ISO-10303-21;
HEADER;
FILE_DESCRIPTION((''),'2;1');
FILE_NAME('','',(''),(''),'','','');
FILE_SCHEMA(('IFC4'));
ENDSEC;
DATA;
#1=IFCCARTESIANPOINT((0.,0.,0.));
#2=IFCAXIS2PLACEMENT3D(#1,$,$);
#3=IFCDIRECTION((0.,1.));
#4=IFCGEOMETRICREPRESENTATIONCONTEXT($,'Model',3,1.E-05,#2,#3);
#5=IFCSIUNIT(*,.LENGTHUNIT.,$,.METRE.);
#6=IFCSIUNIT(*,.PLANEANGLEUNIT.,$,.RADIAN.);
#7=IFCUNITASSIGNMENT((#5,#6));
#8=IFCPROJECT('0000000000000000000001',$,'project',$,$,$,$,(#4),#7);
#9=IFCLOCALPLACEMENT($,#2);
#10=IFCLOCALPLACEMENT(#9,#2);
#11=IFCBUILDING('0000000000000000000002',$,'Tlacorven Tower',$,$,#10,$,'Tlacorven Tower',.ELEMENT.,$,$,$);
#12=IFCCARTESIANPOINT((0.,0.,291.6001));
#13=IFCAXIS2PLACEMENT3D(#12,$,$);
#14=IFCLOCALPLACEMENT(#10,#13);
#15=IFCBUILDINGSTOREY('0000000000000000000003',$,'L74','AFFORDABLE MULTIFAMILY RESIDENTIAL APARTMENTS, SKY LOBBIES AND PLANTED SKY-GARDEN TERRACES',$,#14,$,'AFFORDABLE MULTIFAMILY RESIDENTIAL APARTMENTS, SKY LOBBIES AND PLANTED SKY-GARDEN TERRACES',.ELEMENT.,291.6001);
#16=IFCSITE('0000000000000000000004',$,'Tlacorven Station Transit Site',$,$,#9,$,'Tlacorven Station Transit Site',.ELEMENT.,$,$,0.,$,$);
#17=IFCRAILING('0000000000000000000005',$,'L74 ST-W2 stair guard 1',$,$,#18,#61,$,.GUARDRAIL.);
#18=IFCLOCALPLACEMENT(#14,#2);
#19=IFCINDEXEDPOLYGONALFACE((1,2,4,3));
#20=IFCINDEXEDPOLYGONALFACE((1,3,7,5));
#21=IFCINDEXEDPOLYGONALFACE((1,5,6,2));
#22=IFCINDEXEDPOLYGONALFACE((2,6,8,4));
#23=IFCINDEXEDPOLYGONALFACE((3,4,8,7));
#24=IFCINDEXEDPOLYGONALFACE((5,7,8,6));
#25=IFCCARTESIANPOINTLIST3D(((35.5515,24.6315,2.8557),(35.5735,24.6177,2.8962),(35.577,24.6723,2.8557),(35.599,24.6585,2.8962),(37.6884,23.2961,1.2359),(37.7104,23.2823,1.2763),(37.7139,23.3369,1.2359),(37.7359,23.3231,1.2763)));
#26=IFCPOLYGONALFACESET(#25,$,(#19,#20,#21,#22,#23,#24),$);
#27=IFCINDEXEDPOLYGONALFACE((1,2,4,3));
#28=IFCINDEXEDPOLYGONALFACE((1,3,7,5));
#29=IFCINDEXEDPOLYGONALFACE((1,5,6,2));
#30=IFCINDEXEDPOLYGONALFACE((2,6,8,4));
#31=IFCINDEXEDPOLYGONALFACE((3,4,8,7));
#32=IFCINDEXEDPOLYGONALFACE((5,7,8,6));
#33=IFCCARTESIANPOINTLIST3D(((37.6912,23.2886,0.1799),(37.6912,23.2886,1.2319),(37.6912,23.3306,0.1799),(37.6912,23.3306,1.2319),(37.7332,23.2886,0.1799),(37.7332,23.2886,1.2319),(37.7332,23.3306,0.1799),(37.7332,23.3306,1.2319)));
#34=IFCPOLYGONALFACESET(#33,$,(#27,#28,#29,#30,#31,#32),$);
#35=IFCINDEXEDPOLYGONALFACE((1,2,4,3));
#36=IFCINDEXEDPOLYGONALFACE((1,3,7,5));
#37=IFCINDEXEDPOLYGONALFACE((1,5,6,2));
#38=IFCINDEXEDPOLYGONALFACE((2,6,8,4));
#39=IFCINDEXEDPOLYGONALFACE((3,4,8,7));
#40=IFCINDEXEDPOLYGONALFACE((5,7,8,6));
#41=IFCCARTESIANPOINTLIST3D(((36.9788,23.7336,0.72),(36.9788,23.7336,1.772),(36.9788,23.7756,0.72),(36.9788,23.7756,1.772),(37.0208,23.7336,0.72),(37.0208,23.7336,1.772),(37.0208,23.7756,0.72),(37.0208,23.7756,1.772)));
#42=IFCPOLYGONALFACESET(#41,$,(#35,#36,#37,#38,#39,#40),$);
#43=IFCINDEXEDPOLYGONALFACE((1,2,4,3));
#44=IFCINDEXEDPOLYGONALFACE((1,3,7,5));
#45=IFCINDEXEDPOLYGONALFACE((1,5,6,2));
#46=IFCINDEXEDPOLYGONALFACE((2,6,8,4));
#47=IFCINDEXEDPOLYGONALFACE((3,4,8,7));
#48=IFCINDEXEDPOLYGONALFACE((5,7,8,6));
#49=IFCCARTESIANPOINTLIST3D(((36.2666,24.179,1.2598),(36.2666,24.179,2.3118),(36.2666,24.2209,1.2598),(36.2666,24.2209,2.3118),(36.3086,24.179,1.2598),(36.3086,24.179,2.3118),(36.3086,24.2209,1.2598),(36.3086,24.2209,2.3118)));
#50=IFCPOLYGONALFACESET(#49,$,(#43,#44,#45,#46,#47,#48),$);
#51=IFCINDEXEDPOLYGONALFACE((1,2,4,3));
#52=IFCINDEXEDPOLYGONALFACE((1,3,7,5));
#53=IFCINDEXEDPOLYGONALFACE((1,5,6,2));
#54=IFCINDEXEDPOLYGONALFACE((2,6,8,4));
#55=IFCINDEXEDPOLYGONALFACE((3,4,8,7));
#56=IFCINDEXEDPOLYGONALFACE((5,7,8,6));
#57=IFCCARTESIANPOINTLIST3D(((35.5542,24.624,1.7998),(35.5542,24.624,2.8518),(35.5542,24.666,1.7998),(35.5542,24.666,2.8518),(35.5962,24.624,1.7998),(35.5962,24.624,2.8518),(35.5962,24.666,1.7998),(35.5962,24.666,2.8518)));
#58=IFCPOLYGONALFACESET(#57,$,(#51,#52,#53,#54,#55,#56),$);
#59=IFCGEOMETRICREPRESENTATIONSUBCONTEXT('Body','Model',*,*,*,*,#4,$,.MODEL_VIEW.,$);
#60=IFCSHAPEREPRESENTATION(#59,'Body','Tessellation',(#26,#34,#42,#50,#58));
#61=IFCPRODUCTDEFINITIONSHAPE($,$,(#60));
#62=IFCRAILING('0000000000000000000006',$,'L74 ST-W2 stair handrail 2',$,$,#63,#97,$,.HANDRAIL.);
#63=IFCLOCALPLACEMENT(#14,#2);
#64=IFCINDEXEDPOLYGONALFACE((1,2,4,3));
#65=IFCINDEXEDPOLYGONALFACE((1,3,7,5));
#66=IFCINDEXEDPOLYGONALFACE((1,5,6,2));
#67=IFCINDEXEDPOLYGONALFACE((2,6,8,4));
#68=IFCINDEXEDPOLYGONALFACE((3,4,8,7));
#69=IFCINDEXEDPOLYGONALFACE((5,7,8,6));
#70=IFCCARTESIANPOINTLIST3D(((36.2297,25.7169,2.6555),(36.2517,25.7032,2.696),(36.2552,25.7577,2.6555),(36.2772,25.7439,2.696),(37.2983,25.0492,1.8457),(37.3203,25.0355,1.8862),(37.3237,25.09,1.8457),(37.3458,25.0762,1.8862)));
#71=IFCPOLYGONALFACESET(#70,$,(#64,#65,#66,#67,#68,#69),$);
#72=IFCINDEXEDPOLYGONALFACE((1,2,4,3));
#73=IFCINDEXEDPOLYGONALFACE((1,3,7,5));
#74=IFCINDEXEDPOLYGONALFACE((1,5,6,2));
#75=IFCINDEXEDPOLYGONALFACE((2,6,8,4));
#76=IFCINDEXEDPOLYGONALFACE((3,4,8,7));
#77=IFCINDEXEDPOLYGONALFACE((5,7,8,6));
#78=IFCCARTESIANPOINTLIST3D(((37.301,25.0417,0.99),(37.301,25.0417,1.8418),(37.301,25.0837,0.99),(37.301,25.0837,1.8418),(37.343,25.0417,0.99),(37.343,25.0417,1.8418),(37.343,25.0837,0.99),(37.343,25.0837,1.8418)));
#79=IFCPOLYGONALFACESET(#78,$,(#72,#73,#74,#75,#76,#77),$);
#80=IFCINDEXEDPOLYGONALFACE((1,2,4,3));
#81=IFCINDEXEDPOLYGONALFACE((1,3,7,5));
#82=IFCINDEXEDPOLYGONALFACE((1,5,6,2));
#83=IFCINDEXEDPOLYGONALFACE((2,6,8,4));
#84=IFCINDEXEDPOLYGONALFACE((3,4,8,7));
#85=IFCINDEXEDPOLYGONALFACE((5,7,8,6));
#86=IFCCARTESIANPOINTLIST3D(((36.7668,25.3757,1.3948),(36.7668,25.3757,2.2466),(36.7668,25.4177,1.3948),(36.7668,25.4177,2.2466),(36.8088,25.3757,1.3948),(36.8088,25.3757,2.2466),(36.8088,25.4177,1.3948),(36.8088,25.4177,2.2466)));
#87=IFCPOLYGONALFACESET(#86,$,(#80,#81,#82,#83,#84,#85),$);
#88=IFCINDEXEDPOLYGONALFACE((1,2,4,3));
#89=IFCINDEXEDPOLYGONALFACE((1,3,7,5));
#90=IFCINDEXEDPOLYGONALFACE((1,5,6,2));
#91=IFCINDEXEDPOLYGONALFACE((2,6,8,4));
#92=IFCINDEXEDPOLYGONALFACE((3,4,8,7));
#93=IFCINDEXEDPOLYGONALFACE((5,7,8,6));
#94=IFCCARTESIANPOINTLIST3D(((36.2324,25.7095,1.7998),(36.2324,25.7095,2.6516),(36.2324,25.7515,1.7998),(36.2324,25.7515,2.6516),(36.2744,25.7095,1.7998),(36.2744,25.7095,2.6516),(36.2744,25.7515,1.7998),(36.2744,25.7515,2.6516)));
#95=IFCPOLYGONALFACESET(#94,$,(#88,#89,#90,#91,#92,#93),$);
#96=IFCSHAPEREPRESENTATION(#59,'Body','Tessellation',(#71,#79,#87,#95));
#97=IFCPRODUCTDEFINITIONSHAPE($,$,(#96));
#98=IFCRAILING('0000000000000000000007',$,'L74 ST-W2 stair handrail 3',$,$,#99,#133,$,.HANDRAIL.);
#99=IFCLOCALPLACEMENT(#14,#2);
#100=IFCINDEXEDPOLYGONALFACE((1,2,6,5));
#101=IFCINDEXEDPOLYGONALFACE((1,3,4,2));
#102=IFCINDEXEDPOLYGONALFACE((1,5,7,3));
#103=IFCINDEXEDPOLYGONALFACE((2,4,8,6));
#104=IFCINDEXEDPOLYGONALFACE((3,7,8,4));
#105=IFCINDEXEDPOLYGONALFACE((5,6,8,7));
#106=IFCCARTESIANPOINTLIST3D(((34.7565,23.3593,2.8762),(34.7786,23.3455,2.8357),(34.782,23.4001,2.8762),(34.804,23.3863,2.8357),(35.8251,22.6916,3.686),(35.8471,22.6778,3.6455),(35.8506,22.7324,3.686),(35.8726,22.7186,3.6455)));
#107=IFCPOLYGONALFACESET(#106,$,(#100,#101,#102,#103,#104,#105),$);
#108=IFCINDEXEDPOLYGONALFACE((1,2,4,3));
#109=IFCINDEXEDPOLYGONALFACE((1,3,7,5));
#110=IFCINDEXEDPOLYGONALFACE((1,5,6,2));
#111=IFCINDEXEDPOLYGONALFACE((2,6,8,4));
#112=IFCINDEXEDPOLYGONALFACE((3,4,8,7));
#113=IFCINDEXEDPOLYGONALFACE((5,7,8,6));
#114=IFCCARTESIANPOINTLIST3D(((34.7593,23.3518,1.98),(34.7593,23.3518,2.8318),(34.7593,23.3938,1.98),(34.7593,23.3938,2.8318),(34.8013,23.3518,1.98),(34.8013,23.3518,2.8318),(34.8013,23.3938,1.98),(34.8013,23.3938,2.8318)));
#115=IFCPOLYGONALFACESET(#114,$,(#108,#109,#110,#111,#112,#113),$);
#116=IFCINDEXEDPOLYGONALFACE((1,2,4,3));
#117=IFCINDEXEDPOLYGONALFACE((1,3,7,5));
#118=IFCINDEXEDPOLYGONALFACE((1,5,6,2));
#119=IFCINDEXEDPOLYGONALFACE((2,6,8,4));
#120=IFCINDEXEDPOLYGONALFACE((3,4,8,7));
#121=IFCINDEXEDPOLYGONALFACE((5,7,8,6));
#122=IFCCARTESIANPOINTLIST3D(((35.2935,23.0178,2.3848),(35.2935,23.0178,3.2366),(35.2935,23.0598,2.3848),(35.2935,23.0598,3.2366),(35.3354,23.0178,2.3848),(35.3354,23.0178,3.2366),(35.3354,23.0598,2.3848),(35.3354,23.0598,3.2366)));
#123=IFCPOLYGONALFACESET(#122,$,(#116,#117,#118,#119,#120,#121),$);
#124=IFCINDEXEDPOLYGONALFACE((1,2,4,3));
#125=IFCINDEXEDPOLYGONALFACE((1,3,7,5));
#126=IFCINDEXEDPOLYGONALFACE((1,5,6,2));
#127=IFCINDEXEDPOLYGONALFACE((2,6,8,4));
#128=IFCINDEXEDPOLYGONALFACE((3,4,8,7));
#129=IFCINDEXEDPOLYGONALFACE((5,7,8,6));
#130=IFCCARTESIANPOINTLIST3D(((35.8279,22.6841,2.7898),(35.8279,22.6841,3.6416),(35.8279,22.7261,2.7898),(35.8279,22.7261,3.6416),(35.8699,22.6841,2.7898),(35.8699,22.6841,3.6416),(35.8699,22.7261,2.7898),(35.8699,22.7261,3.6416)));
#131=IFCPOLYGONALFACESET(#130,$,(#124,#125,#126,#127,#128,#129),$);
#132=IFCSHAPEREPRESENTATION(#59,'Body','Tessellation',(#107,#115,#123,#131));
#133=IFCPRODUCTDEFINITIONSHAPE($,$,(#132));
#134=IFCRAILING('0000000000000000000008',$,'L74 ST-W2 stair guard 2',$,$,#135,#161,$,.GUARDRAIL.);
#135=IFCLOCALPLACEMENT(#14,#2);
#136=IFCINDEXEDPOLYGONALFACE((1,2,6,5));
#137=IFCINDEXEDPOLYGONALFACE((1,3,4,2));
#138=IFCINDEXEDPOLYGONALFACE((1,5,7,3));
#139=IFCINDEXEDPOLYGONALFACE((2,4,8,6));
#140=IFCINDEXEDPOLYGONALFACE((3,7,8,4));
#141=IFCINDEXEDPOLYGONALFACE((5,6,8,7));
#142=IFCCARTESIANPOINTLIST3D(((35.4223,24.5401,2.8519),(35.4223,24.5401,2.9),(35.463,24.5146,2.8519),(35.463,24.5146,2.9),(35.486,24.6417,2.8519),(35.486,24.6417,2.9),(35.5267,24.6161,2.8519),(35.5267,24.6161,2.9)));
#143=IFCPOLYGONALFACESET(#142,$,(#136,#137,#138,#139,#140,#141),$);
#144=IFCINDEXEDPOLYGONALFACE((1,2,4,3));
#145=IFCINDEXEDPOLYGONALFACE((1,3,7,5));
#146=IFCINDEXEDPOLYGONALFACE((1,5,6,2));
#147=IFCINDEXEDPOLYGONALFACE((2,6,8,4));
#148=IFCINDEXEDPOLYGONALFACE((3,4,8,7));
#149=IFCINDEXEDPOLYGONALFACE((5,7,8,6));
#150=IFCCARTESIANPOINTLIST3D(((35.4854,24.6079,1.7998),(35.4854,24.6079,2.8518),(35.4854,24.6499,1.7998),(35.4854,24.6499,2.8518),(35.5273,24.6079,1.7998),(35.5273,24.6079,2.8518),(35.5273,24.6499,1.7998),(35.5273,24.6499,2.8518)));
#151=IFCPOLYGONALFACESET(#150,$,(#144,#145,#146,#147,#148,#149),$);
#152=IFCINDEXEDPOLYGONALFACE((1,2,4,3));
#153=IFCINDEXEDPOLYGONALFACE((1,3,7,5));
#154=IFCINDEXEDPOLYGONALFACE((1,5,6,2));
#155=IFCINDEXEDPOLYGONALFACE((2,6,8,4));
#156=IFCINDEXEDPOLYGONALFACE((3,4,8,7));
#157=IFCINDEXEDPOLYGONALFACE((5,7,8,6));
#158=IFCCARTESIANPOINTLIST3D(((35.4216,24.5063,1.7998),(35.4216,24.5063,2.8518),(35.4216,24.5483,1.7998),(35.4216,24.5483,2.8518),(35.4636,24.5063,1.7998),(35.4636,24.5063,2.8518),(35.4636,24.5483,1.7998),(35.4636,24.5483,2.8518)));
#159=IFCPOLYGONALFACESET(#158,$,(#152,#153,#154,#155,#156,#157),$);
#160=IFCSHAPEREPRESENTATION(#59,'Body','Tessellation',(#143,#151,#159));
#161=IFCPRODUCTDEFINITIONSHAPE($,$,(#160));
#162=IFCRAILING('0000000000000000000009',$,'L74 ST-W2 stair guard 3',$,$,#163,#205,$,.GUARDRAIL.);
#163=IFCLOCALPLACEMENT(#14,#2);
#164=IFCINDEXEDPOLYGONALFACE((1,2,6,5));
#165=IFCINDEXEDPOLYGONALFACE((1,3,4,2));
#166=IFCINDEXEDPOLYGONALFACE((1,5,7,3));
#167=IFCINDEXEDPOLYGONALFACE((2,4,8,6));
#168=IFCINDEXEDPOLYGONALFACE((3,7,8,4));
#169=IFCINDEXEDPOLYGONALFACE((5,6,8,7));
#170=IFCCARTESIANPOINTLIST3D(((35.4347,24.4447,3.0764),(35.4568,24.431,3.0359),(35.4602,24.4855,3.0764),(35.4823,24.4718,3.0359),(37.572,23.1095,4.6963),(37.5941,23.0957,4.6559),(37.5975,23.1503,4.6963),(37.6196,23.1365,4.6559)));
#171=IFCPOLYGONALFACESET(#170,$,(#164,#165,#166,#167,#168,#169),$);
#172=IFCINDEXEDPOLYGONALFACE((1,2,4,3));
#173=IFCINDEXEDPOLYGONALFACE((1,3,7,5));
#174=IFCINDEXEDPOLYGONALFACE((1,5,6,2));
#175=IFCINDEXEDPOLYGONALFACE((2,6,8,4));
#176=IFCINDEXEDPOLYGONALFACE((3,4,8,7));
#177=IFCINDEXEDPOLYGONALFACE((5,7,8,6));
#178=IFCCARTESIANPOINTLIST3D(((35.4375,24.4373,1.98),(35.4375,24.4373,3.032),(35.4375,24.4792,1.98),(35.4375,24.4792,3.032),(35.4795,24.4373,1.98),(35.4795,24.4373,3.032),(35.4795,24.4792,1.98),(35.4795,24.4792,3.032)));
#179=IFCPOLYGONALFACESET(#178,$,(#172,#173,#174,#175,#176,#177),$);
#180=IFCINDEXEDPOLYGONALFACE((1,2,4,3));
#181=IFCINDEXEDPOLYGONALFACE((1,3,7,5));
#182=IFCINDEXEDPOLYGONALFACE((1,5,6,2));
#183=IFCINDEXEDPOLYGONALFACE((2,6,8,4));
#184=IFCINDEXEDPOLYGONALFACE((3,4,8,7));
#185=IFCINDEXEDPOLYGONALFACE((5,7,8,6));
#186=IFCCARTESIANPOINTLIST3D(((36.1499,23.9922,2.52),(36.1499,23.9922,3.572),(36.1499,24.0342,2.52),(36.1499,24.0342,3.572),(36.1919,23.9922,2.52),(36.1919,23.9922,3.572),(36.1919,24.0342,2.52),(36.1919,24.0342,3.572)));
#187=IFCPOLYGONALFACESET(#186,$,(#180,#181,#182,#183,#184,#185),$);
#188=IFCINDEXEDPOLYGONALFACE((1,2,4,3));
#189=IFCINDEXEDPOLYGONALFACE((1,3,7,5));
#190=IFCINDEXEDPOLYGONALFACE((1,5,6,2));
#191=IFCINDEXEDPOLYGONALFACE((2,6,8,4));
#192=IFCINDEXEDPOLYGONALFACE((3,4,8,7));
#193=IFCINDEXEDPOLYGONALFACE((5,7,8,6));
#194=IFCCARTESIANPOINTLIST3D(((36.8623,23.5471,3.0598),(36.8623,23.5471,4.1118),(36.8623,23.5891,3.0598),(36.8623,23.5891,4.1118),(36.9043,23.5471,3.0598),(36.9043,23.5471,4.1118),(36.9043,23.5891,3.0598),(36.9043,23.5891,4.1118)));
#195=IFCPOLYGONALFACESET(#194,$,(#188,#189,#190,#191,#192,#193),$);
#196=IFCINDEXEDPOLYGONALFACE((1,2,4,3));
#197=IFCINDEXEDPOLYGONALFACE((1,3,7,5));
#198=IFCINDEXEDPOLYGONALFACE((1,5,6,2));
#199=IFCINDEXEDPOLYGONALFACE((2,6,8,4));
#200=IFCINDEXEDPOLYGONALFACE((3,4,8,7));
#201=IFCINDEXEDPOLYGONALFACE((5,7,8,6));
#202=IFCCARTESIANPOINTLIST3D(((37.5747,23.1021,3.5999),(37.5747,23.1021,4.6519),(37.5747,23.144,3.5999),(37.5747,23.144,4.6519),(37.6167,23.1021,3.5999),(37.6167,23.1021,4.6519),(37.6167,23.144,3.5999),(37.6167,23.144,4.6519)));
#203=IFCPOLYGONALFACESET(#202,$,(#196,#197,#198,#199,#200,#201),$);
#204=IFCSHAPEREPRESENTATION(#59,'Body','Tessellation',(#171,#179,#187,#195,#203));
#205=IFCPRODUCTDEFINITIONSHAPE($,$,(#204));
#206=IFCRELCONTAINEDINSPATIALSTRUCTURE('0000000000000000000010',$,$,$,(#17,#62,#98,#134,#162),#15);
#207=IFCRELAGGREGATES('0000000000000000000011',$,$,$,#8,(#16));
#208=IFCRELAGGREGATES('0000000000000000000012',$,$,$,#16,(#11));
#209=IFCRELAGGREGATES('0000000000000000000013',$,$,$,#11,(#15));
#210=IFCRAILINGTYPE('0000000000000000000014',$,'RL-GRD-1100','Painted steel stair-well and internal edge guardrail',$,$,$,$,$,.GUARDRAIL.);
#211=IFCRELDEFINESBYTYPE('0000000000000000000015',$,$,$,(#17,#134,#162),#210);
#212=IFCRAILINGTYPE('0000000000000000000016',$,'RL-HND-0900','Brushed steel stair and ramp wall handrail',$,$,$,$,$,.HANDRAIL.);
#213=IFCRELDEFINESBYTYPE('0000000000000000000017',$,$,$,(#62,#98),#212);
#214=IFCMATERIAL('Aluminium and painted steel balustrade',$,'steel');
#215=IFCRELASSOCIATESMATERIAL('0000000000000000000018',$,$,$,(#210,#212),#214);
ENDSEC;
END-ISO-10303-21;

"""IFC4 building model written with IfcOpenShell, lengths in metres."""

from ifc_helpers import new_model, si_unit, direction, frame, origin, origin_2d, place, context, subcontext, project, spatial, rectangle, extrude, source, transform, mapped, material, type_object, element, save


model = new_model("IFC4")

# Units and contexts
model_context = context("Model", 3, precision=1e-05, world=origin(), true_north=direction((0.0, 1.0)))
body_context = subcontext(model_context, "Body", "Model", "MODEL_VIEW")
ifc_project = project(units=[si_unit("LENGTHUNIT", "METRE"), si_unit("PLANEANGLEUNIT", "RADIAN")], contexts=[model_context])

# Site, building, storey
site_placement = place(None, origin())
site = spatial("IfcSite", under=ifc_project, at=site_placement, Name="Tlacorven Station Transit Site", LongName="Tlacorven Station Transit Site", CompositionType="ELEMENT", RefElevation=0.0)
building_placement = place(site_placement, origin())
building = spatial("IfcBuilding", under=site, at=building_placement, Name="Tlacorven Tower", LongName="Tlacorven Tower", CompositionType="ELEMENT")
storey_placement = place(building_placement, frame((0.0, 0.0, 291.6001)))
storey = spatial("IfcBuildingStorey", under=building, at=storey_placement, Name="L74", Description="AFFORDABLE MULTIFAMILY RESIDENTIAL APARTMENTS, SKY LOBBIES AND PLANTED SKY-GARDEN TERRACES", LongName="AFFORDABLE MULTIFAMILY RESIDENTIAL APARTMENTS, SKY LOBBIES AND PLANTED SKY-GARDEN TERRACES", CompositionType="ELEMENT", Elevation=291.6001)

# Railings
ifc_material_1 = material(Name="Aluminium and painted steel balustrade", Category="steel")
railing_type_1 = type_object("IfcRailingType", Name="RL-GRD-1100", Description="Painted steel stair-well and internal edge guardrail", PredefinedType="GUARDRAIL", material=ifc_material_1)
railing_type_2 = type_object("IfcRailingType", Name="RL-HND-0900", Description="Brushed steel stair and ramp wall handrail", PredefinedType="HANDRAIL", material=ifc_material_1)
shared_shape_1 = source(origin(), body_context, "Body", "SweptSolid", [
    extrude(rectangle(XDim=0.0481, YDim=0.0481, at=origin_2d()), frame((0.0, 0.0, 1.0762), z_axis=(-0.713351, 0.445794, 0.540739), x_axis=(-0.529955, -0.848026, 0.0)), (0.0, 0.0, 1.0), 2.9956),
    extrude(rectangle(XDim=0.042, YDim=0.042, at=origin_2d()), origin(), (0.0, 0.0, 1.0), 1.052),
    extrude(rectangle(XDim=0.042, YDim=0.042, at=origin_2d()), frame((-0.7124, 0.4451, 0.54)), (0.0, 0.0, 1.0), 1.052),
    extrude(rectangle(XDim=0.042, YDim=0.042, at=origin_2d()), frame((-1.4246, 0.8904, 1.0798)), (0.0, 0.0, 1.0), 1.052),
    extrude(rectangle(XDim=0.042, YDim=0.042, at=origin_2d()), frame((-2.137, 1.3354, 1.6199)), (0.0, 0.0, 1.0), 1.052),
])
railing_1_placement = place(storey_placement, frame((37.7122, 23.3096, 0.1799)))
element("IfcRailing", 1, at=railing_1_placement, inside=storey, type_object=railing_type_1, Name="L74 ST-W2 stair guard 1", PredefinedType="GUARDRAIL", context=body_context, shape_type="MappedRepresentation", body=[
    mapped(shared_shape_1, transform((0.0, 0.0, 0.0), scale=1.0)),
])
shared_shape_2 = source(origin(), body_context, "Body", "SweptSolid", [
    extrude(rectangle(XDim=0.0481, YDim=0.0481, at=origin_2d()), frame((0.0, 0.0, 0.876), z_axis=(-0.713423, 0.445787, 0.540649), x_axis=(-0.529912, -0.848053, 0.0)), (0.0, 0.0, 1.0), 1.4978),
    extrude(rectangle(XDim=0.042, YDim=0.042, at=origin_2d()), origin(), (0.0, 0.0, 1.0), 0.8518),
    extrude(rectangle(XDim=0.042, YDim=0.042, at=origin_2d()), frame((-0.5342, 0.334, 0.4048)), (0.0, 0.0, 1.0), 0.8518),
    extrude(rectangle(XDim=0.042, YDim=0.042, at=origin_2d()), frame((-1.0686, 0.6677, 0.8098)), (0.0, 0.0, 1.0), 0.8518),
])
railing_2_placement = place(storey_placement, frame((37.322, 25.0627, 0.99)))
element("IfcRailing", 2, at=railing_2_placement, inside=storey, type_object=railing_type_2, Name="L74 ST-W2 stair handrail 2", PredefinedType="HANDRAIL", context=body_context, shape_type="MappedRepresentation", body=[
    mapped(shared_shape_2, transform((0.0, 0.0, 0.0), scale=1.0)),
])
shared_shape_3 = source(origin(), body_context, "Body", "SweptSolid", [
    extrude(rectangle(XDim=0.0481, YDim=0.0481, at=origin_2d()), frame((0.0, 0.0, 0.876), z_axis=(0.713423, -0.445787, 0.540649), x_axis=(0.529912, 0.848053, 0.0)), (0.0, 0.0, 1.0), 1.4978),
    extrude(rectangle(XDim=0.042, YDim=0.042, at=origin_2d()), origin(), (0.0, 0.0, 1.0), 0.8518),
    extrude(rectangle(XDim=0.042, YDim=0.042, at=origin_2d()), frame((0.5342, -0.334, 0.4048)), (0.0, 0.0, 1.0), 0.8518),
    extrude(rectangle(XDim=0.042, YDim=0.042, at=origin_2d()), frame((1.0686, -0.6677, 0.8098)), (0.0, 0.0, 1.0), 0.8518),
])
railing_3_placement = place(storey_placement, frame((34.7803, 23.3728, 1.98)))
element("IfcRailing", 3, at=railing_3_placement, inside=storey, type_object=railing_type_2, Name="L74 ST-W2 stair handrail 3", PredefinedType="HANDRAIL", context=body_context, shape_type="MappedRepresentation", body=[
    mapped(shared_shape_3, transform((0.0, 0.0, 0.0), scale=1.0)),
])
shared_shape_4 = source(origin(), body_context, "Body", "SweptSolid", [
    extrude(rectangle(XDim=0.0481, YDim=0.0481, at=origin_2d()), frame((0.0, 0.0, 1.0762), z_axis=(-0.531462, -0.847082, 0.0), x_axis=(0.847082, -0.531462, 0.0)), (0.0, 0.0, 1.0), 0.1199),
    extrude(rectangle(XDim=0.042, YDim=0.042, at=origin_2d()), origin(), (0.0, 0.0, 1.0), 1.052),
    extrude(rectangle(XDim=0.042, YDim=0.042, at=origin_2d()), frame((-0.0637, -0.1016, 0.0)), (0.0, 0.0, 1.0), 1.052),
])
railing_4_placement = place(storey_placement, frame((35.5063, 24.6289, 1.7998)))
element("IfcRailing", 4, at=railing_4_placement, inside=storey, type_object=railing_type_1, Name="L74 ST-W2 stair guard 2", PredefinedType="GUARDRAIL", context=body_context, shape_type="MappedRepresentation", body=[
    mapped(shared_shape_4, transform((0.0, 0.0, 0.0), scale=1.0)),
])
shared_shape_5 = source(origin(), body_context, "Body", "SweptSolid", [
    extrude(rectangle(XDim=0.0481, YDim=0.0481, at=origin_2d()), frame((0.0, 0.0, 1.0762), z_axis=(0.713417, -0.445702, 0.540727), x_axis=(0.529842, 0.848096, 0.0)), (0.0, 0.0, 1.0), 2.9958),
    extrude(rectangle(XDim=0.042, YDim=0.042, at=origin_2d()), origin(), (0.0, 0.0, 1.0), 1.052),
    extrude(rectangle(XDim=0.042, YDim=0.042, at=origin_2d()), frame((0.7124, -0.4451, 0.54)), (0.0, 0.0, 1.0), 1.052),
    extrude(rectangle(XDim=0.042, YDim=0.042, at=origin_2d()), frame((1.4248, -0.8901, 1.0798)), (0.0, 0.0, 1.0), 1.052),
    extrude(rectangle(XDim=0.042, YDim=0.042, at=origin_2d()), frame((2.1372, -1.3352, 1.6199)), (0.0, 0.0, 1.0), 1.052),
])
railing_5_placement = place(storey_placement, frame((35.4585, 24.4583, 1.98)))
element("IfcRailing", 5, at=railing_5_placement, inside=storey, type_object=railing_type_1, Name="L74 ST-W2 stair guard 3", PredefinedType="GUARDRAIL", context=body_context, shape_type="MappedRepresentation", body=[
    mapped(shared_shape_5, transform((0.0, 0.0, 0.0), scale=1.0)),
])

save(model, "model.ifc")
